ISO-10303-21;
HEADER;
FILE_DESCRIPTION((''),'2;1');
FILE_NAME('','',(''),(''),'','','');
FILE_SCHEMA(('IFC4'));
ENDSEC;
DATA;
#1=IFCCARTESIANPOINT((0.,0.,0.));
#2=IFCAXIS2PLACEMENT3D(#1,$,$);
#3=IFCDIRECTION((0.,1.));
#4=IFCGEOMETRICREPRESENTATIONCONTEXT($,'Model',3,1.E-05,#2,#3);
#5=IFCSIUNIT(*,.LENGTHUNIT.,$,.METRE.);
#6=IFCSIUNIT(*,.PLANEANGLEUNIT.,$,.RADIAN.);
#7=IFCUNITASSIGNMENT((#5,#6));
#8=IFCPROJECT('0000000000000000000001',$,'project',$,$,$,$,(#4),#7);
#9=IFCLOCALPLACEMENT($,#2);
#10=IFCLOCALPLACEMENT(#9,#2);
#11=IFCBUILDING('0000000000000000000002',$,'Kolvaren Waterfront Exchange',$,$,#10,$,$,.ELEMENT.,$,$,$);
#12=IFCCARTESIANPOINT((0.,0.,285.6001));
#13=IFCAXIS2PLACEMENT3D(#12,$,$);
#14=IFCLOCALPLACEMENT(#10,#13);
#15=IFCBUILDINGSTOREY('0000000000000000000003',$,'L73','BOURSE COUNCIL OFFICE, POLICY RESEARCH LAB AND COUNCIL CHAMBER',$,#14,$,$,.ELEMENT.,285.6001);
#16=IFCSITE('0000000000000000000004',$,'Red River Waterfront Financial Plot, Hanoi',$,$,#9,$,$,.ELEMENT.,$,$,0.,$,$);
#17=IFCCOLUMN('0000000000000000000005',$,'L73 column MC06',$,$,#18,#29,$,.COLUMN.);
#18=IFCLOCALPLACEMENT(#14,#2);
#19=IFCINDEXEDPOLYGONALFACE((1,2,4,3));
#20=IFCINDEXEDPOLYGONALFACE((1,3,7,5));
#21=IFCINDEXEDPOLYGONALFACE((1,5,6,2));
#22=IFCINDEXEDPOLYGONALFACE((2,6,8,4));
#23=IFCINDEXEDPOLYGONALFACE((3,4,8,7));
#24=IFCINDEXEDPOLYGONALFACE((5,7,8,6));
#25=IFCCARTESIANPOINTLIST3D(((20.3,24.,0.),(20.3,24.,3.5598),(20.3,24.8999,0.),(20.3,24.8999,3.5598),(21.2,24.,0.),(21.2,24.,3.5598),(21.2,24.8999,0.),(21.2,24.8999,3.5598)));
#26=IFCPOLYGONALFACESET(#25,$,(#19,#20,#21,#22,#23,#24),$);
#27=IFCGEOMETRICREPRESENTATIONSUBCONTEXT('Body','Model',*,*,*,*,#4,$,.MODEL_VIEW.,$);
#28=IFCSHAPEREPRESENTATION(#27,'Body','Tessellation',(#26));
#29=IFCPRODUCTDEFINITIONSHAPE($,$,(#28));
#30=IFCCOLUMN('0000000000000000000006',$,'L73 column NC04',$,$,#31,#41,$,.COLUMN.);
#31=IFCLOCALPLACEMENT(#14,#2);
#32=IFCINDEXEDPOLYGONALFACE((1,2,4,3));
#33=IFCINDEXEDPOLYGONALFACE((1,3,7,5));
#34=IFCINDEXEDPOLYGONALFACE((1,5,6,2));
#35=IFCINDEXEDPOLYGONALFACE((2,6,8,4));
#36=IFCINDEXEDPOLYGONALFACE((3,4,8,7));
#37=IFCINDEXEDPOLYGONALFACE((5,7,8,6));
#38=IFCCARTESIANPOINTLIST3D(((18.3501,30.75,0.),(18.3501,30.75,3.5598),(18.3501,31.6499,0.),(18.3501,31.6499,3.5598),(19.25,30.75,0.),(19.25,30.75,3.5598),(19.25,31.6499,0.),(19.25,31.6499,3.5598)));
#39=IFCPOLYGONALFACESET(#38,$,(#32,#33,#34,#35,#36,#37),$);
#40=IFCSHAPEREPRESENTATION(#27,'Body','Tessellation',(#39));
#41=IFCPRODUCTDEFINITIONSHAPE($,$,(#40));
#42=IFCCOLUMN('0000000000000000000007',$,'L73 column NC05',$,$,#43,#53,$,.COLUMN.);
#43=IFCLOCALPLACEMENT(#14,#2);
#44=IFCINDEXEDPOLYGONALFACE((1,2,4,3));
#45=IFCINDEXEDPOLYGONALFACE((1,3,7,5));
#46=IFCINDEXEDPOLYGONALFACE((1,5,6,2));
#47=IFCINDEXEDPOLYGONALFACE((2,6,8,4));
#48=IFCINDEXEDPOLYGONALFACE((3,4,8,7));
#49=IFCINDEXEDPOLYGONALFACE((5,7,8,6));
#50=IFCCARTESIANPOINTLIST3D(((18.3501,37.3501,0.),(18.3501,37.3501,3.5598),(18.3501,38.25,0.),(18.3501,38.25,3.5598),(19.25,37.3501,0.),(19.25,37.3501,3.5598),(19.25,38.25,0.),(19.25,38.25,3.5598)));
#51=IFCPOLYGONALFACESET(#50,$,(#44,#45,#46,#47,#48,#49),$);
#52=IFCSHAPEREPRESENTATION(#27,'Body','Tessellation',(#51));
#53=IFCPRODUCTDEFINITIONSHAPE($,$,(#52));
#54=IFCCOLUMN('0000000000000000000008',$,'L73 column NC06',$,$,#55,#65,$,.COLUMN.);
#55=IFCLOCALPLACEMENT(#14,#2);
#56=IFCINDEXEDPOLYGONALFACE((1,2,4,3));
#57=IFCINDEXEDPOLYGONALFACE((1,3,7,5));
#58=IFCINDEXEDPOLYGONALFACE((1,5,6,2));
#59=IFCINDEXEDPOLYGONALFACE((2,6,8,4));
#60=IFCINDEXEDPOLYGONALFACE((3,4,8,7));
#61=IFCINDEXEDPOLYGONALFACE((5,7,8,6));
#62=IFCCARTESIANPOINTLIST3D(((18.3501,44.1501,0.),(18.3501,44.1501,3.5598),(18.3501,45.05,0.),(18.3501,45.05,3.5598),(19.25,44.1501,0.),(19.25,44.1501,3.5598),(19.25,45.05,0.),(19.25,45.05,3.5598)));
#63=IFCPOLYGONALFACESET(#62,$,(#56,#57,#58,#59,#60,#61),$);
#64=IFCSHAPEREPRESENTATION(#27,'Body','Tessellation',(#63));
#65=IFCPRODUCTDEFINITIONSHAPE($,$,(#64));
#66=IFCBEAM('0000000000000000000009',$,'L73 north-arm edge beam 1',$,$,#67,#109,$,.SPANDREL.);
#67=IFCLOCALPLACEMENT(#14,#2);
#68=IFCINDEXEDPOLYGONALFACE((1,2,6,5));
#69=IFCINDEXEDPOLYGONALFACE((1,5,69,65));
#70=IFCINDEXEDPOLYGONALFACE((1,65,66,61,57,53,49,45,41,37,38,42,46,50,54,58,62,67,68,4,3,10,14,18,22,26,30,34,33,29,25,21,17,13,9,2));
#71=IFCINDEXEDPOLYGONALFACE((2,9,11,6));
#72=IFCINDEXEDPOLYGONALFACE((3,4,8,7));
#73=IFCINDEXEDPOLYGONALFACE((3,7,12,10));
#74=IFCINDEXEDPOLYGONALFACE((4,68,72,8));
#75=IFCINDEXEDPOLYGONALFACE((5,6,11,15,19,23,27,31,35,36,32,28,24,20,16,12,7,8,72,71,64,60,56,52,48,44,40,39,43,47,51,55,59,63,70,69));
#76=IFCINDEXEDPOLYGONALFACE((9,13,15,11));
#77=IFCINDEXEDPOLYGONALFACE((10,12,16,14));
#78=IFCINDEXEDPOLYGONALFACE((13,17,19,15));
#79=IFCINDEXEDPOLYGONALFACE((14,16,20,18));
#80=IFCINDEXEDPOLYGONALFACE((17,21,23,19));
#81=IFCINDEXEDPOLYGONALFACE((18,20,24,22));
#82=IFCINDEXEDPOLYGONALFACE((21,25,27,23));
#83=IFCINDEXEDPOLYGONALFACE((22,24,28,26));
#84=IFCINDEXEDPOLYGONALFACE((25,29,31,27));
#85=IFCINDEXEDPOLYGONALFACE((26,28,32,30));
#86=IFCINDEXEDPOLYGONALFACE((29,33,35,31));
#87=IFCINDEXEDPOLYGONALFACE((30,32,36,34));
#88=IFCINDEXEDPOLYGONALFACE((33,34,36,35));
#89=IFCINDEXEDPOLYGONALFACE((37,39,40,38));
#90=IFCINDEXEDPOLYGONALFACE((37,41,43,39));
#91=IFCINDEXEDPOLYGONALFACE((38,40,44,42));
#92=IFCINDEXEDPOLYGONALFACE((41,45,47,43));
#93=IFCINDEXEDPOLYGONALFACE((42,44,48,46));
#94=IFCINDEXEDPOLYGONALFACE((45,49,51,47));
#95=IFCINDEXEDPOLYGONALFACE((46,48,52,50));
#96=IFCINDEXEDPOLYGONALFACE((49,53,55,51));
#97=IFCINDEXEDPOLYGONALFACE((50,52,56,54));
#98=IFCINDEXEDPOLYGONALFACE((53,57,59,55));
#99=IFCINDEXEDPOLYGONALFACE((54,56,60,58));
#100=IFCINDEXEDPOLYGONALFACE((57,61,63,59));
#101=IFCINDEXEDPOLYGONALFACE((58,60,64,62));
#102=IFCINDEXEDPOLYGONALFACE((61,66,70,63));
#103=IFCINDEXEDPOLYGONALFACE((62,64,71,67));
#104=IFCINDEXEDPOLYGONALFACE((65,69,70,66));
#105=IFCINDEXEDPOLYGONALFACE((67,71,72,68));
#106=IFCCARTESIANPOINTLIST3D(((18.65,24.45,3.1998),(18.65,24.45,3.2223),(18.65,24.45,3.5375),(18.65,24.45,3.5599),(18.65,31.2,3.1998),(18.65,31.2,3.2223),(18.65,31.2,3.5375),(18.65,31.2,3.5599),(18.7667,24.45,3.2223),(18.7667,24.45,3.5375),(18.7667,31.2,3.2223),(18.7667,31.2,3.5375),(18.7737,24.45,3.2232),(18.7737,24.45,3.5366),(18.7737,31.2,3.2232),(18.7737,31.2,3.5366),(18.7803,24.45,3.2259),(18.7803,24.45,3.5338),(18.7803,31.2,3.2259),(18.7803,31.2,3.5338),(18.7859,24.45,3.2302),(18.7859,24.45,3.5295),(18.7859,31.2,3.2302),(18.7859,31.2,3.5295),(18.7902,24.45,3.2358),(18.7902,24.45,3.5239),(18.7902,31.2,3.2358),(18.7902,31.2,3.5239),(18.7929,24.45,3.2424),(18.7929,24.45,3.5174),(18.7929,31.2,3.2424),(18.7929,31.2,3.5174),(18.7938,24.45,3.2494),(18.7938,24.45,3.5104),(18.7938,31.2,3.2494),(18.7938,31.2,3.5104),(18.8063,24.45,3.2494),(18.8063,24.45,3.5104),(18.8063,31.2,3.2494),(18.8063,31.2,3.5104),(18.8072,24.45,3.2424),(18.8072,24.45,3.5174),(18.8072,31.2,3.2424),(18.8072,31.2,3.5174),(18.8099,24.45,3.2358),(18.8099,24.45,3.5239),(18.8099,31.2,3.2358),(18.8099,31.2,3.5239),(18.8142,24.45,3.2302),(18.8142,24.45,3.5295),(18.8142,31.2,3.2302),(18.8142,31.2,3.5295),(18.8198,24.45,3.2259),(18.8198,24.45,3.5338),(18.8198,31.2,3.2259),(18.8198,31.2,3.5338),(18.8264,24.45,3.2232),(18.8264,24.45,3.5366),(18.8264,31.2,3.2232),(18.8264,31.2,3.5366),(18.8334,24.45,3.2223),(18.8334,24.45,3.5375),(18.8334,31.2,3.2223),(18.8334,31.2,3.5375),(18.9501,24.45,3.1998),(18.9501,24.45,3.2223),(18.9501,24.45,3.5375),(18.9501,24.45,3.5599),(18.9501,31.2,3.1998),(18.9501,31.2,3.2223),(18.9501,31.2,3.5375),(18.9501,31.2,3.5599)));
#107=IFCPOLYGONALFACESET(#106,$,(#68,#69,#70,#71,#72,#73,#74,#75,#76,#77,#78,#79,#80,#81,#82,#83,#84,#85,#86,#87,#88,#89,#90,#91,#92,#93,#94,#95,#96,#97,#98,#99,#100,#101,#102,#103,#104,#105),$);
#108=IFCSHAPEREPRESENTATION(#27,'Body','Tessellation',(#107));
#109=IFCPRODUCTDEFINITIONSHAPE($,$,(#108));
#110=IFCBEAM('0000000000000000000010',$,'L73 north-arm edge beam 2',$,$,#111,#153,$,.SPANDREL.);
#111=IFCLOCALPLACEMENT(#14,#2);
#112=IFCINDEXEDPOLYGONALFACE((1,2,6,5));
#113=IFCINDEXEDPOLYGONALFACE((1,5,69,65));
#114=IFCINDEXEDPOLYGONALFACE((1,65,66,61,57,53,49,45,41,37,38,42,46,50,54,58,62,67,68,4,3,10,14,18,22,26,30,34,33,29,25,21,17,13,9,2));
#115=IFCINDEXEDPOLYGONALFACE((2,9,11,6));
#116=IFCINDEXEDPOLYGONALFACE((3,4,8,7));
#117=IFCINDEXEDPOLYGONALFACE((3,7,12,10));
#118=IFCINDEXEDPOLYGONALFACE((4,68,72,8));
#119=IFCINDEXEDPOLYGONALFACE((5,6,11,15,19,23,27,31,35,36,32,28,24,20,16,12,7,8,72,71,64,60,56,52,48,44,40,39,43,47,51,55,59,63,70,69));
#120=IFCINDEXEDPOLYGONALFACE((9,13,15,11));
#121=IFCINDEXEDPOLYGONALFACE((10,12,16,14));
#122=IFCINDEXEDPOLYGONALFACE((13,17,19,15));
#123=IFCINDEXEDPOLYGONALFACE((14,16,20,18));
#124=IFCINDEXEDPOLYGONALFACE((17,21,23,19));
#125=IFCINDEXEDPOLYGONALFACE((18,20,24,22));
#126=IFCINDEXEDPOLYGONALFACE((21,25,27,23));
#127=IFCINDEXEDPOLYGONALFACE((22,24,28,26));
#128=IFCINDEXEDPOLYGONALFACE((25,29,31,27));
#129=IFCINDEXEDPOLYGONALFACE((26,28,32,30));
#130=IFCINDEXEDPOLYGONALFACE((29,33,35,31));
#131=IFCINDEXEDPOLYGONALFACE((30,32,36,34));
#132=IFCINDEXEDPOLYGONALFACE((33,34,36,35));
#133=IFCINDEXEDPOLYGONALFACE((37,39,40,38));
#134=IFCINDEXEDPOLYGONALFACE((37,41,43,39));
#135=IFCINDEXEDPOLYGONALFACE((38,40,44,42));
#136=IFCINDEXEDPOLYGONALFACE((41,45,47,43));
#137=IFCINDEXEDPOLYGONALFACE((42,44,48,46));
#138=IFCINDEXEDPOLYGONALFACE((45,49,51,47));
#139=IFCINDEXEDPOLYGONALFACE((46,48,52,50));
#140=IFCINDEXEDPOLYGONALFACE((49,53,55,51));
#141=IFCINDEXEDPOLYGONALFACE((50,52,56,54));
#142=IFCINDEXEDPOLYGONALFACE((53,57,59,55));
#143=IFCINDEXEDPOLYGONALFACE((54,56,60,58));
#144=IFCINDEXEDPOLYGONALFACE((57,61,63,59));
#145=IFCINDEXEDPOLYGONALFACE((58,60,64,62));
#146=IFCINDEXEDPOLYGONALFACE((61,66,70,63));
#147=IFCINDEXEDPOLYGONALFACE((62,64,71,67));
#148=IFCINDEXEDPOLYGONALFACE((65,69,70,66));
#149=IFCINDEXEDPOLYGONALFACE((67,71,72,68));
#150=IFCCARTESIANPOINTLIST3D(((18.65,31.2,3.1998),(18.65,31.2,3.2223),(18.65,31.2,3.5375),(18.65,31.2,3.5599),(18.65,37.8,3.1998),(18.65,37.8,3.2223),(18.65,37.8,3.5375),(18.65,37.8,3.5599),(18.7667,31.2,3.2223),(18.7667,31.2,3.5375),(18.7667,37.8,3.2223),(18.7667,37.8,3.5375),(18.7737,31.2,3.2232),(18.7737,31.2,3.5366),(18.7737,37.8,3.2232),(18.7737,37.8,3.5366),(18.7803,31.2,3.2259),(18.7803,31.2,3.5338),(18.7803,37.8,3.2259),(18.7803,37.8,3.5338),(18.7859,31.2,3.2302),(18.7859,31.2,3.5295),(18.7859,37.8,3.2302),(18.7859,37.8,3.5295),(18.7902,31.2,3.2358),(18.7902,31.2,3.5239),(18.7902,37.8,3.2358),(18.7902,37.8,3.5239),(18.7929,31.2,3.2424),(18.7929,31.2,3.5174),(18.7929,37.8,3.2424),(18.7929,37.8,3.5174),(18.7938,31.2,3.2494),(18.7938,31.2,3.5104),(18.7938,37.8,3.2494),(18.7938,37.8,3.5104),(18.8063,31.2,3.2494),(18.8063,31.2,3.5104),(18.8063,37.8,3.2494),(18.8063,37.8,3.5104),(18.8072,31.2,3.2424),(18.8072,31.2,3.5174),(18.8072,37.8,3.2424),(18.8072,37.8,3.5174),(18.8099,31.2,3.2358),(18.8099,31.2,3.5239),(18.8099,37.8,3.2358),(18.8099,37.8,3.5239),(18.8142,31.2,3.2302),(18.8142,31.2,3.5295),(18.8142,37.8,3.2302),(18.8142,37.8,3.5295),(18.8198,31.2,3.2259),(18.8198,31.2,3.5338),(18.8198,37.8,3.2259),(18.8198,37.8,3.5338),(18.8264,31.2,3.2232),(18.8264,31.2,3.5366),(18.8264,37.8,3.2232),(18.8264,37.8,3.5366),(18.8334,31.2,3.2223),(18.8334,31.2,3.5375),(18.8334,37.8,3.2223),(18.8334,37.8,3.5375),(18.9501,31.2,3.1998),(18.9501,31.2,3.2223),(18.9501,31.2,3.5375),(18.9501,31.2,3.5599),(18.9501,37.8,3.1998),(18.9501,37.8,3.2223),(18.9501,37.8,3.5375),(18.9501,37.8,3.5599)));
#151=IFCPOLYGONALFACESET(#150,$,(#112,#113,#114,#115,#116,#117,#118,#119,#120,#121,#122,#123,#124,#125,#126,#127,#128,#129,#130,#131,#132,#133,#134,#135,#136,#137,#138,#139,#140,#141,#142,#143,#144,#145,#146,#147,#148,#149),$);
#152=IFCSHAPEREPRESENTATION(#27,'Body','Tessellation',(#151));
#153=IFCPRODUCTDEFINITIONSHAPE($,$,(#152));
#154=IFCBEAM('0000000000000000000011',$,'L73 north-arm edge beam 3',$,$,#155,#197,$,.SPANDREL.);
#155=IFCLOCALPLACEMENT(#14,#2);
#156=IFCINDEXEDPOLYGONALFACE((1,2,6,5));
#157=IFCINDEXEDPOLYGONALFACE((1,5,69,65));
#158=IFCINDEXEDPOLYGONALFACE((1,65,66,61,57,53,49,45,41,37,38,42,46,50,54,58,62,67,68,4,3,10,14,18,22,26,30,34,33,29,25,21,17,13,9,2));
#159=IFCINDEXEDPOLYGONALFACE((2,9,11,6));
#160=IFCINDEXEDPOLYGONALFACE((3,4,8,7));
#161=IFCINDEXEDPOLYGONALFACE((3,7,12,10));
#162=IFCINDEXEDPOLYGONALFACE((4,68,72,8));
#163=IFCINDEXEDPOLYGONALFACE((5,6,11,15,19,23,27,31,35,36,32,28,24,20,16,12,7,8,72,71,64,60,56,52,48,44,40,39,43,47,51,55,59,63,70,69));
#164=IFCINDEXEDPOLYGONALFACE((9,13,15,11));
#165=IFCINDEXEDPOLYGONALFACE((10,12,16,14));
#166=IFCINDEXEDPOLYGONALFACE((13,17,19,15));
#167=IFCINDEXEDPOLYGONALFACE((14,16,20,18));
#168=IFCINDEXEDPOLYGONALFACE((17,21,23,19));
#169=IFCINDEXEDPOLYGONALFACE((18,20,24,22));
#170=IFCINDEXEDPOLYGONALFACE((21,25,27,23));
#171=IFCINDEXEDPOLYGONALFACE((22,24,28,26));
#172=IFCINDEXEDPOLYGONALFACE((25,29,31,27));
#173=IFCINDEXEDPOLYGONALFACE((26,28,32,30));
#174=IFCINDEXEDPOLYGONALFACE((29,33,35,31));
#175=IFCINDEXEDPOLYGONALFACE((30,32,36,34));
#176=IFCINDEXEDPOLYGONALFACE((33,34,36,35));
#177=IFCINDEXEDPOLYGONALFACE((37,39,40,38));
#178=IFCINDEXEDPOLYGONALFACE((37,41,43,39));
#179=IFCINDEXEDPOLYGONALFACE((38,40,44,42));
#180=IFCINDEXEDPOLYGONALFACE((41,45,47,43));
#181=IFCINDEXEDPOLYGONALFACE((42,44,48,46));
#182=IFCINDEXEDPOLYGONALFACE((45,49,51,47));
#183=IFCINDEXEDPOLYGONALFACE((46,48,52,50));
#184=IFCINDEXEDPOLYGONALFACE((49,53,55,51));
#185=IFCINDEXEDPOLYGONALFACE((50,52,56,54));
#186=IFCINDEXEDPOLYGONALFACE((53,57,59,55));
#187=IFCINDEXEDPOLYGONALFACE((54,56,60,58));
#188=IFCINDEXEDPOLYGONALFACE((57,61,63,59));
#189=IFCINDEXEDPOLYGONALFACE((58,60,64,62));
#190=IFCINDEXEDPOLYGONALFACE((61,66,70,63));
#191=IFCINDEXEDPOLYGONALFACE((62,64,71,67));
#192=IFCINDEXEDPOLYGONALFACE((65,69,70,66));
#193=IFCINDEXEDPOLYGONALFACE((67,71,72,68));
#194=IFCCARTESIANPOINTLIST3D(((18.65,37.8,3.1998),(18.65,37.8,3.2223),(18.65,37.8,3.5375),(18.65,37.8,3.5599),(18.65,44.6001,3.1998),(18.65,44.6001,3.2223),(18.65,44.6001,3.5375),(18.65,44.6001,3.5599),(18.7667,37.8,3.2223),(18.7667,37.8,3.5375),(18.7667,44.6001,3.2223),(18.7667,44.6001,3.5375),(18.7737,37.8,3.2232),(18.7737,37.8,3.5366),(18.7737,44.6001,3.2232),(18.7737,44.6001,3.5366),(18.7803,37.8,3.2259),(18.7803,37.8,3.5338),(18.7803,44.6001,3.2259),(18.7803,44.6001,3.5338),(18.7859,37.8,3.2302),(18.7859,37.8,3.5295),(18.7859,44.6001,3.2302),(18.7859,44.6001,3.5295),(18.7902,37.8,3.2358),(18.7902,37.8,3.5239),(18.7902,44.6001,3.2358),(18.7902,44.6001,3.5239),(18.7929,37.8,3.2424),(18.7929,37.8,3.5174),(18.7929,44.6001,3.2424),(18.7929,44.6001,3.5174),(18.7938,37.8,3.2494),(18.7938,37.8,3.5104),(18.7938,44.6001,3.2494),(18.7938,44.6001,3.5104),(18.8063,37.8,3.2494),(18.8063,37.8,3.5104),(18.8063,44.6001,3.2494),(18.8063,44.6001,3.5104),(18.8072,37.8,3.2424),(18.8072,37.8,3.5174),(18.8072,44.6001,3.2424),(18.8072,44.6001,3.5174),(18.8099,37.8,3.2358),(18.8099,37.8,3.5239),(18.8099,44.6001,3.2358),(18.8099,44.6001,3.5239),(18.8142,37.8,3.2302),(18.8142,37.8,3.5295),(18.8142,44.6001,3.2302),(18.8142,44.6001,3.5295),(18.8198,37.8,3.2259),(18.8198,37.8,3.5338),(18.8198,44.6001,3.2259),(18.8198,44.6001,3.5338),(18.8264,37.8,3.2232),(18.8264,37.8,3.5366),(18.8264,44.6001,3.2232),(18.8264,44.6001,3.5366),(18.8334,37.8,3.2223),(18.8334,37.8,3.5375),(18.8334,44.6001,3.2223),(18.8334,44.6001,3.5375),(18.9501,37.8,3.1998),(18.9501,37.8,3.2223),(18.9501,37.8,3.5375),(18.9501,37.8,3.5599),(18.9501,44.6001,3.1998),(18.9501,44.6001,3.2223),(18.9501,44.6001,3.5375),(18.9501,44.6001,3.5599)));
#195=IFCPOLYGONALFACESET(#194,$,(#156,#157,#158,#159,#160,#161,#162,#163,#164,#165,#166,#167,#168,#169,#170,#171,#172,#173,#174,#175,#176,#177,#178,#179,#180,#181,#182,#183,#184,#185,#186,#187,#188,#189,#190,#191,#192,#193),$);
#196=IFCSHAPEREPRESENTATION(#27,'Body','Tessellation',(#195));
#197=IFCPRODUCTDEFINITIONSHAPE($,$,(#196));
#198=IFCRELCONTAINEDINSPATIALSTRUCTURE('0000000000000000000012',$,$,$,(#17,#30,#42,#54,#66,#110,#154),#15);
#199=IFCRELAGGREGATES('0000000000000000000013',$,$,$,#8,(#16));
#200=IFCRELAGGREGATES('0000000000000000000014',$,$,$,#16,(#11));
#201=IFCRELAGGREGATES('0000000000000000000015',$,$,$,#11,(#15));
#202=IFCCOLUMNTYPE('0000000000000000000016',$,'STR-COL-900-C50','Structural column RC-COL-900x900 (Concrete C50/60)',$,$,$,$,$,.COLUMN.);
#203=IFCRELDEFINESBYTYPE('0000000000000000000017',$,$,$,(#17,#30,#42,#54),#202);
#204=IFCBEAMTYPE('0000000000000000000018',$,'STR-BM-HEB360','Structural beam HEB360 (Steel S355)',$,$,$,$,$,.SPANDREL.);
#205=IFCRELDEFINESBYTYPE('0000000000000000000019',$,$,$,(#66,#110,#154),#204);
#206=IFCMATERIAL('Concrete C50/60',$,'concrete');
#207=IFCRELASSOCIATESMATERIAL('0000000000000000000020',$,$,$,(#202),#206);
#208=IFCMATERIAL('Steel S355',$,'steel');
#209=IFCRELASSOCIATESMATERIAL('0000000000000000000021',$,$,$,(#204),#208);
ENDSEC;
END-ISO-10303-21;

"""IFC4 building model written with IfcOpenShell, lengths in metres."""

from ifc_helpers import new_model, si_unit, direction, frame, origin, origin_2d, place, context, subcontext, project, spatial, rectangle, i_section, extrude, material, material_profile, profile_set, type_object, element, save


model = new_model("IFC4")

# Units and contexts
model_context = context("Model", 3, precision=1e-05, world=origin(), true_north=direction((0.0, 1.0)))
body_context = subcontext(model_context, "Body", "Model", "MODEL_VIEW")
ifc_project = project(units=[si_unit("LENGTHUNIT", "METRE"), si_unit("PLANEANGLEUNIT", "RADIAN")], contexts=[model_context])

# Site, building, storey
site_placement = place(None, origin())
site = spatial("IfcSite", under=ifc_project, at=site_placement, Name="Red River Waterfront Financial Plot, Hanoi", CompositionType="ELEMENT", RefElevation=0.0)
building_placement = place(site_placement, origin())
building = spatial("IfcBuilding", under=site, at=building_placement, Name="Kolvaren Waterfront Exchange", CompositionType="ELEMENT")
storey_placement = place(building_placement, frame((0.0, 0.0, 285.6001)))
storey = spatial("IfcBuildingStorey", under=building, at=storey_placement, Name="L73", Description="BOURSE COUNCIL OFFICE, POLICY RESEARCH LAB AND COUNCIL CHAMBER", CompositionType="ELEMENT", Elevation=285.6001)

# Columns
ifc_material_1 = material(Name="Concrete C50/60", Category="concrete")
ifc_material_profile_1 = material_profile(ifc_material_1, rectangle(XDim=0.8999, YDim=0.8999, at=origin_2d()), Name="RC-COL-900x900")
ifc_profile_set_1 = profile_set([ifc_material_profile_1], Name="Concrete C50/60")
column_type = type_object("IfcColumnType", Name="STR-COL-900-C50", Description="Structural column RC-COL-900x900 (Concrete C50/60)", PredefinedType="COLUMN", material=ifc_profile_set_1)
for number, where, z_axis, x_axis, name in (
    (1, (20.75, 24.45, 0.0), (0.0, 0.0, 1.0), (1.0, 0.0, 0.0), "L73 column MC06"),
    (2, (18.8, 31.2, 0.0), (0.0, 0.0, 1.0), (1.0, 0.0, 0.0), "L73 column NC04"),
    (3, (18.8, 37.8, 0.0), (0.0, 0.0, 1.0), (1.0, 0.0, 0.0), "L73 column NC05"),
    (4, (18.8, 44.6001, 0.0), (0.0, 0.0, 1.0), (1.0, 0.0, 0.0), "L73 column NC06"),
):
    element("IfcColumn", number, at=place(storey_placement, frame(where, z_axis=z_axis, x_axis=x_axis)), inside=storey, type_object=column_type, Name=name, PredefinedType="COLUMN", context=body_context, shape_type="SweptSolid", body=[
        extrude(rectangle(XDim=0.8999, YDim=0.8999, at=origin_2d()), origin(), (0.0, 0.0, 1.0), 3.5598),
    ])

# Beams
ifc_material_2 = material(Name="Steel S355", Category="steel")
ifc_material_profile_2 = material_profile(ifc_material_2, i_section(OverallWidth=0.3, OverallDepth=0.3601, WebThickness=0.0125, FlangeThickness=0.0225, FilletRadius=0.0271, at=origin_2d()), Name="HEB360")
ifc_profile_set_2 = profile_set([ifc_material_profile_2], Name="Steel S355")
beam_type = type_object("IfcBeamType", Name="STR-BM-HEB360", Description="Structural beam HEB360 (Steel S355)", PredefinedType="SPANDREL", material=ifc_profile_set_2)
beam_1_placement = place(storey_placement, frame((18.8, 24.45, 3.3799), z_axis=(0.0, 1.0, 0.0), x_axis=(-1.0, 0.0, 0.0)))
element("IfcBeam", 5, at=beam_1_placement, inside=storey, type_object=beam_type, Name="L73 north-arm edge beam 1", PredefinedType="SPANDREL", context=body_context, shape_type="SweptSolid", body=[
    extrude(i_section(OverallWidth=0.3, OverallDepth=0.3601, WebThickness=0.0125, FlangeThickness=0.0225, FilletRadius=0.0271, at=origin_2d()), origin(), (0.0, 0.0, 1.0), 6.75),
])
beam_2_placement = place(storey_placement, frame((18.8, 31.2, 3.3799), z_axis=(0.0, 1.0, 0.0), x_axis=(-1.0, 0.0, 0.0)))
element("IfcBeam", 6, at=beam_2_placement, inside=storey, type_object=beam_type, Name="L73 north-arm edge beam 2", PredefinedType="SPANDREL", context=body_context, shape_type="SweptSolid", body=[
    extrude(i_section(OverallWidth=0.3, OverallDepth=0.3601, WebThickness=0.0125, FlangeThickness=0.0225, FilletRadius=0.0271, at=origin_2d()), origin(), (0.0, 0.0, 1.0), 6.6001),
])
beam_3_placement = place(storey_placement, frame((18.8, 37.8, 3.3799), z_axis=(0.0, 1.0, 0.0), x_axis=(-1.0, 0.0, 0.0)))
element("IfcBeam", 7, at=beam_3_placement, inside=storey, type_object=beam_type, Name="L73 north-arm edge beam 3", PredefinedType="SPANDREL", context=body_context, shape_type="SweptSolid", body=[
    extrude(i_section(OverallWidth=0.3, OverallDepth=0.3601, WebThickness=0.0125, FlangeThickness=0.0225, FilletRadius=0.0271, at=origin_2d()), origin(), (0.0, 0.0, 1.0), 6.8),
])

save(model, "model.ifc")
